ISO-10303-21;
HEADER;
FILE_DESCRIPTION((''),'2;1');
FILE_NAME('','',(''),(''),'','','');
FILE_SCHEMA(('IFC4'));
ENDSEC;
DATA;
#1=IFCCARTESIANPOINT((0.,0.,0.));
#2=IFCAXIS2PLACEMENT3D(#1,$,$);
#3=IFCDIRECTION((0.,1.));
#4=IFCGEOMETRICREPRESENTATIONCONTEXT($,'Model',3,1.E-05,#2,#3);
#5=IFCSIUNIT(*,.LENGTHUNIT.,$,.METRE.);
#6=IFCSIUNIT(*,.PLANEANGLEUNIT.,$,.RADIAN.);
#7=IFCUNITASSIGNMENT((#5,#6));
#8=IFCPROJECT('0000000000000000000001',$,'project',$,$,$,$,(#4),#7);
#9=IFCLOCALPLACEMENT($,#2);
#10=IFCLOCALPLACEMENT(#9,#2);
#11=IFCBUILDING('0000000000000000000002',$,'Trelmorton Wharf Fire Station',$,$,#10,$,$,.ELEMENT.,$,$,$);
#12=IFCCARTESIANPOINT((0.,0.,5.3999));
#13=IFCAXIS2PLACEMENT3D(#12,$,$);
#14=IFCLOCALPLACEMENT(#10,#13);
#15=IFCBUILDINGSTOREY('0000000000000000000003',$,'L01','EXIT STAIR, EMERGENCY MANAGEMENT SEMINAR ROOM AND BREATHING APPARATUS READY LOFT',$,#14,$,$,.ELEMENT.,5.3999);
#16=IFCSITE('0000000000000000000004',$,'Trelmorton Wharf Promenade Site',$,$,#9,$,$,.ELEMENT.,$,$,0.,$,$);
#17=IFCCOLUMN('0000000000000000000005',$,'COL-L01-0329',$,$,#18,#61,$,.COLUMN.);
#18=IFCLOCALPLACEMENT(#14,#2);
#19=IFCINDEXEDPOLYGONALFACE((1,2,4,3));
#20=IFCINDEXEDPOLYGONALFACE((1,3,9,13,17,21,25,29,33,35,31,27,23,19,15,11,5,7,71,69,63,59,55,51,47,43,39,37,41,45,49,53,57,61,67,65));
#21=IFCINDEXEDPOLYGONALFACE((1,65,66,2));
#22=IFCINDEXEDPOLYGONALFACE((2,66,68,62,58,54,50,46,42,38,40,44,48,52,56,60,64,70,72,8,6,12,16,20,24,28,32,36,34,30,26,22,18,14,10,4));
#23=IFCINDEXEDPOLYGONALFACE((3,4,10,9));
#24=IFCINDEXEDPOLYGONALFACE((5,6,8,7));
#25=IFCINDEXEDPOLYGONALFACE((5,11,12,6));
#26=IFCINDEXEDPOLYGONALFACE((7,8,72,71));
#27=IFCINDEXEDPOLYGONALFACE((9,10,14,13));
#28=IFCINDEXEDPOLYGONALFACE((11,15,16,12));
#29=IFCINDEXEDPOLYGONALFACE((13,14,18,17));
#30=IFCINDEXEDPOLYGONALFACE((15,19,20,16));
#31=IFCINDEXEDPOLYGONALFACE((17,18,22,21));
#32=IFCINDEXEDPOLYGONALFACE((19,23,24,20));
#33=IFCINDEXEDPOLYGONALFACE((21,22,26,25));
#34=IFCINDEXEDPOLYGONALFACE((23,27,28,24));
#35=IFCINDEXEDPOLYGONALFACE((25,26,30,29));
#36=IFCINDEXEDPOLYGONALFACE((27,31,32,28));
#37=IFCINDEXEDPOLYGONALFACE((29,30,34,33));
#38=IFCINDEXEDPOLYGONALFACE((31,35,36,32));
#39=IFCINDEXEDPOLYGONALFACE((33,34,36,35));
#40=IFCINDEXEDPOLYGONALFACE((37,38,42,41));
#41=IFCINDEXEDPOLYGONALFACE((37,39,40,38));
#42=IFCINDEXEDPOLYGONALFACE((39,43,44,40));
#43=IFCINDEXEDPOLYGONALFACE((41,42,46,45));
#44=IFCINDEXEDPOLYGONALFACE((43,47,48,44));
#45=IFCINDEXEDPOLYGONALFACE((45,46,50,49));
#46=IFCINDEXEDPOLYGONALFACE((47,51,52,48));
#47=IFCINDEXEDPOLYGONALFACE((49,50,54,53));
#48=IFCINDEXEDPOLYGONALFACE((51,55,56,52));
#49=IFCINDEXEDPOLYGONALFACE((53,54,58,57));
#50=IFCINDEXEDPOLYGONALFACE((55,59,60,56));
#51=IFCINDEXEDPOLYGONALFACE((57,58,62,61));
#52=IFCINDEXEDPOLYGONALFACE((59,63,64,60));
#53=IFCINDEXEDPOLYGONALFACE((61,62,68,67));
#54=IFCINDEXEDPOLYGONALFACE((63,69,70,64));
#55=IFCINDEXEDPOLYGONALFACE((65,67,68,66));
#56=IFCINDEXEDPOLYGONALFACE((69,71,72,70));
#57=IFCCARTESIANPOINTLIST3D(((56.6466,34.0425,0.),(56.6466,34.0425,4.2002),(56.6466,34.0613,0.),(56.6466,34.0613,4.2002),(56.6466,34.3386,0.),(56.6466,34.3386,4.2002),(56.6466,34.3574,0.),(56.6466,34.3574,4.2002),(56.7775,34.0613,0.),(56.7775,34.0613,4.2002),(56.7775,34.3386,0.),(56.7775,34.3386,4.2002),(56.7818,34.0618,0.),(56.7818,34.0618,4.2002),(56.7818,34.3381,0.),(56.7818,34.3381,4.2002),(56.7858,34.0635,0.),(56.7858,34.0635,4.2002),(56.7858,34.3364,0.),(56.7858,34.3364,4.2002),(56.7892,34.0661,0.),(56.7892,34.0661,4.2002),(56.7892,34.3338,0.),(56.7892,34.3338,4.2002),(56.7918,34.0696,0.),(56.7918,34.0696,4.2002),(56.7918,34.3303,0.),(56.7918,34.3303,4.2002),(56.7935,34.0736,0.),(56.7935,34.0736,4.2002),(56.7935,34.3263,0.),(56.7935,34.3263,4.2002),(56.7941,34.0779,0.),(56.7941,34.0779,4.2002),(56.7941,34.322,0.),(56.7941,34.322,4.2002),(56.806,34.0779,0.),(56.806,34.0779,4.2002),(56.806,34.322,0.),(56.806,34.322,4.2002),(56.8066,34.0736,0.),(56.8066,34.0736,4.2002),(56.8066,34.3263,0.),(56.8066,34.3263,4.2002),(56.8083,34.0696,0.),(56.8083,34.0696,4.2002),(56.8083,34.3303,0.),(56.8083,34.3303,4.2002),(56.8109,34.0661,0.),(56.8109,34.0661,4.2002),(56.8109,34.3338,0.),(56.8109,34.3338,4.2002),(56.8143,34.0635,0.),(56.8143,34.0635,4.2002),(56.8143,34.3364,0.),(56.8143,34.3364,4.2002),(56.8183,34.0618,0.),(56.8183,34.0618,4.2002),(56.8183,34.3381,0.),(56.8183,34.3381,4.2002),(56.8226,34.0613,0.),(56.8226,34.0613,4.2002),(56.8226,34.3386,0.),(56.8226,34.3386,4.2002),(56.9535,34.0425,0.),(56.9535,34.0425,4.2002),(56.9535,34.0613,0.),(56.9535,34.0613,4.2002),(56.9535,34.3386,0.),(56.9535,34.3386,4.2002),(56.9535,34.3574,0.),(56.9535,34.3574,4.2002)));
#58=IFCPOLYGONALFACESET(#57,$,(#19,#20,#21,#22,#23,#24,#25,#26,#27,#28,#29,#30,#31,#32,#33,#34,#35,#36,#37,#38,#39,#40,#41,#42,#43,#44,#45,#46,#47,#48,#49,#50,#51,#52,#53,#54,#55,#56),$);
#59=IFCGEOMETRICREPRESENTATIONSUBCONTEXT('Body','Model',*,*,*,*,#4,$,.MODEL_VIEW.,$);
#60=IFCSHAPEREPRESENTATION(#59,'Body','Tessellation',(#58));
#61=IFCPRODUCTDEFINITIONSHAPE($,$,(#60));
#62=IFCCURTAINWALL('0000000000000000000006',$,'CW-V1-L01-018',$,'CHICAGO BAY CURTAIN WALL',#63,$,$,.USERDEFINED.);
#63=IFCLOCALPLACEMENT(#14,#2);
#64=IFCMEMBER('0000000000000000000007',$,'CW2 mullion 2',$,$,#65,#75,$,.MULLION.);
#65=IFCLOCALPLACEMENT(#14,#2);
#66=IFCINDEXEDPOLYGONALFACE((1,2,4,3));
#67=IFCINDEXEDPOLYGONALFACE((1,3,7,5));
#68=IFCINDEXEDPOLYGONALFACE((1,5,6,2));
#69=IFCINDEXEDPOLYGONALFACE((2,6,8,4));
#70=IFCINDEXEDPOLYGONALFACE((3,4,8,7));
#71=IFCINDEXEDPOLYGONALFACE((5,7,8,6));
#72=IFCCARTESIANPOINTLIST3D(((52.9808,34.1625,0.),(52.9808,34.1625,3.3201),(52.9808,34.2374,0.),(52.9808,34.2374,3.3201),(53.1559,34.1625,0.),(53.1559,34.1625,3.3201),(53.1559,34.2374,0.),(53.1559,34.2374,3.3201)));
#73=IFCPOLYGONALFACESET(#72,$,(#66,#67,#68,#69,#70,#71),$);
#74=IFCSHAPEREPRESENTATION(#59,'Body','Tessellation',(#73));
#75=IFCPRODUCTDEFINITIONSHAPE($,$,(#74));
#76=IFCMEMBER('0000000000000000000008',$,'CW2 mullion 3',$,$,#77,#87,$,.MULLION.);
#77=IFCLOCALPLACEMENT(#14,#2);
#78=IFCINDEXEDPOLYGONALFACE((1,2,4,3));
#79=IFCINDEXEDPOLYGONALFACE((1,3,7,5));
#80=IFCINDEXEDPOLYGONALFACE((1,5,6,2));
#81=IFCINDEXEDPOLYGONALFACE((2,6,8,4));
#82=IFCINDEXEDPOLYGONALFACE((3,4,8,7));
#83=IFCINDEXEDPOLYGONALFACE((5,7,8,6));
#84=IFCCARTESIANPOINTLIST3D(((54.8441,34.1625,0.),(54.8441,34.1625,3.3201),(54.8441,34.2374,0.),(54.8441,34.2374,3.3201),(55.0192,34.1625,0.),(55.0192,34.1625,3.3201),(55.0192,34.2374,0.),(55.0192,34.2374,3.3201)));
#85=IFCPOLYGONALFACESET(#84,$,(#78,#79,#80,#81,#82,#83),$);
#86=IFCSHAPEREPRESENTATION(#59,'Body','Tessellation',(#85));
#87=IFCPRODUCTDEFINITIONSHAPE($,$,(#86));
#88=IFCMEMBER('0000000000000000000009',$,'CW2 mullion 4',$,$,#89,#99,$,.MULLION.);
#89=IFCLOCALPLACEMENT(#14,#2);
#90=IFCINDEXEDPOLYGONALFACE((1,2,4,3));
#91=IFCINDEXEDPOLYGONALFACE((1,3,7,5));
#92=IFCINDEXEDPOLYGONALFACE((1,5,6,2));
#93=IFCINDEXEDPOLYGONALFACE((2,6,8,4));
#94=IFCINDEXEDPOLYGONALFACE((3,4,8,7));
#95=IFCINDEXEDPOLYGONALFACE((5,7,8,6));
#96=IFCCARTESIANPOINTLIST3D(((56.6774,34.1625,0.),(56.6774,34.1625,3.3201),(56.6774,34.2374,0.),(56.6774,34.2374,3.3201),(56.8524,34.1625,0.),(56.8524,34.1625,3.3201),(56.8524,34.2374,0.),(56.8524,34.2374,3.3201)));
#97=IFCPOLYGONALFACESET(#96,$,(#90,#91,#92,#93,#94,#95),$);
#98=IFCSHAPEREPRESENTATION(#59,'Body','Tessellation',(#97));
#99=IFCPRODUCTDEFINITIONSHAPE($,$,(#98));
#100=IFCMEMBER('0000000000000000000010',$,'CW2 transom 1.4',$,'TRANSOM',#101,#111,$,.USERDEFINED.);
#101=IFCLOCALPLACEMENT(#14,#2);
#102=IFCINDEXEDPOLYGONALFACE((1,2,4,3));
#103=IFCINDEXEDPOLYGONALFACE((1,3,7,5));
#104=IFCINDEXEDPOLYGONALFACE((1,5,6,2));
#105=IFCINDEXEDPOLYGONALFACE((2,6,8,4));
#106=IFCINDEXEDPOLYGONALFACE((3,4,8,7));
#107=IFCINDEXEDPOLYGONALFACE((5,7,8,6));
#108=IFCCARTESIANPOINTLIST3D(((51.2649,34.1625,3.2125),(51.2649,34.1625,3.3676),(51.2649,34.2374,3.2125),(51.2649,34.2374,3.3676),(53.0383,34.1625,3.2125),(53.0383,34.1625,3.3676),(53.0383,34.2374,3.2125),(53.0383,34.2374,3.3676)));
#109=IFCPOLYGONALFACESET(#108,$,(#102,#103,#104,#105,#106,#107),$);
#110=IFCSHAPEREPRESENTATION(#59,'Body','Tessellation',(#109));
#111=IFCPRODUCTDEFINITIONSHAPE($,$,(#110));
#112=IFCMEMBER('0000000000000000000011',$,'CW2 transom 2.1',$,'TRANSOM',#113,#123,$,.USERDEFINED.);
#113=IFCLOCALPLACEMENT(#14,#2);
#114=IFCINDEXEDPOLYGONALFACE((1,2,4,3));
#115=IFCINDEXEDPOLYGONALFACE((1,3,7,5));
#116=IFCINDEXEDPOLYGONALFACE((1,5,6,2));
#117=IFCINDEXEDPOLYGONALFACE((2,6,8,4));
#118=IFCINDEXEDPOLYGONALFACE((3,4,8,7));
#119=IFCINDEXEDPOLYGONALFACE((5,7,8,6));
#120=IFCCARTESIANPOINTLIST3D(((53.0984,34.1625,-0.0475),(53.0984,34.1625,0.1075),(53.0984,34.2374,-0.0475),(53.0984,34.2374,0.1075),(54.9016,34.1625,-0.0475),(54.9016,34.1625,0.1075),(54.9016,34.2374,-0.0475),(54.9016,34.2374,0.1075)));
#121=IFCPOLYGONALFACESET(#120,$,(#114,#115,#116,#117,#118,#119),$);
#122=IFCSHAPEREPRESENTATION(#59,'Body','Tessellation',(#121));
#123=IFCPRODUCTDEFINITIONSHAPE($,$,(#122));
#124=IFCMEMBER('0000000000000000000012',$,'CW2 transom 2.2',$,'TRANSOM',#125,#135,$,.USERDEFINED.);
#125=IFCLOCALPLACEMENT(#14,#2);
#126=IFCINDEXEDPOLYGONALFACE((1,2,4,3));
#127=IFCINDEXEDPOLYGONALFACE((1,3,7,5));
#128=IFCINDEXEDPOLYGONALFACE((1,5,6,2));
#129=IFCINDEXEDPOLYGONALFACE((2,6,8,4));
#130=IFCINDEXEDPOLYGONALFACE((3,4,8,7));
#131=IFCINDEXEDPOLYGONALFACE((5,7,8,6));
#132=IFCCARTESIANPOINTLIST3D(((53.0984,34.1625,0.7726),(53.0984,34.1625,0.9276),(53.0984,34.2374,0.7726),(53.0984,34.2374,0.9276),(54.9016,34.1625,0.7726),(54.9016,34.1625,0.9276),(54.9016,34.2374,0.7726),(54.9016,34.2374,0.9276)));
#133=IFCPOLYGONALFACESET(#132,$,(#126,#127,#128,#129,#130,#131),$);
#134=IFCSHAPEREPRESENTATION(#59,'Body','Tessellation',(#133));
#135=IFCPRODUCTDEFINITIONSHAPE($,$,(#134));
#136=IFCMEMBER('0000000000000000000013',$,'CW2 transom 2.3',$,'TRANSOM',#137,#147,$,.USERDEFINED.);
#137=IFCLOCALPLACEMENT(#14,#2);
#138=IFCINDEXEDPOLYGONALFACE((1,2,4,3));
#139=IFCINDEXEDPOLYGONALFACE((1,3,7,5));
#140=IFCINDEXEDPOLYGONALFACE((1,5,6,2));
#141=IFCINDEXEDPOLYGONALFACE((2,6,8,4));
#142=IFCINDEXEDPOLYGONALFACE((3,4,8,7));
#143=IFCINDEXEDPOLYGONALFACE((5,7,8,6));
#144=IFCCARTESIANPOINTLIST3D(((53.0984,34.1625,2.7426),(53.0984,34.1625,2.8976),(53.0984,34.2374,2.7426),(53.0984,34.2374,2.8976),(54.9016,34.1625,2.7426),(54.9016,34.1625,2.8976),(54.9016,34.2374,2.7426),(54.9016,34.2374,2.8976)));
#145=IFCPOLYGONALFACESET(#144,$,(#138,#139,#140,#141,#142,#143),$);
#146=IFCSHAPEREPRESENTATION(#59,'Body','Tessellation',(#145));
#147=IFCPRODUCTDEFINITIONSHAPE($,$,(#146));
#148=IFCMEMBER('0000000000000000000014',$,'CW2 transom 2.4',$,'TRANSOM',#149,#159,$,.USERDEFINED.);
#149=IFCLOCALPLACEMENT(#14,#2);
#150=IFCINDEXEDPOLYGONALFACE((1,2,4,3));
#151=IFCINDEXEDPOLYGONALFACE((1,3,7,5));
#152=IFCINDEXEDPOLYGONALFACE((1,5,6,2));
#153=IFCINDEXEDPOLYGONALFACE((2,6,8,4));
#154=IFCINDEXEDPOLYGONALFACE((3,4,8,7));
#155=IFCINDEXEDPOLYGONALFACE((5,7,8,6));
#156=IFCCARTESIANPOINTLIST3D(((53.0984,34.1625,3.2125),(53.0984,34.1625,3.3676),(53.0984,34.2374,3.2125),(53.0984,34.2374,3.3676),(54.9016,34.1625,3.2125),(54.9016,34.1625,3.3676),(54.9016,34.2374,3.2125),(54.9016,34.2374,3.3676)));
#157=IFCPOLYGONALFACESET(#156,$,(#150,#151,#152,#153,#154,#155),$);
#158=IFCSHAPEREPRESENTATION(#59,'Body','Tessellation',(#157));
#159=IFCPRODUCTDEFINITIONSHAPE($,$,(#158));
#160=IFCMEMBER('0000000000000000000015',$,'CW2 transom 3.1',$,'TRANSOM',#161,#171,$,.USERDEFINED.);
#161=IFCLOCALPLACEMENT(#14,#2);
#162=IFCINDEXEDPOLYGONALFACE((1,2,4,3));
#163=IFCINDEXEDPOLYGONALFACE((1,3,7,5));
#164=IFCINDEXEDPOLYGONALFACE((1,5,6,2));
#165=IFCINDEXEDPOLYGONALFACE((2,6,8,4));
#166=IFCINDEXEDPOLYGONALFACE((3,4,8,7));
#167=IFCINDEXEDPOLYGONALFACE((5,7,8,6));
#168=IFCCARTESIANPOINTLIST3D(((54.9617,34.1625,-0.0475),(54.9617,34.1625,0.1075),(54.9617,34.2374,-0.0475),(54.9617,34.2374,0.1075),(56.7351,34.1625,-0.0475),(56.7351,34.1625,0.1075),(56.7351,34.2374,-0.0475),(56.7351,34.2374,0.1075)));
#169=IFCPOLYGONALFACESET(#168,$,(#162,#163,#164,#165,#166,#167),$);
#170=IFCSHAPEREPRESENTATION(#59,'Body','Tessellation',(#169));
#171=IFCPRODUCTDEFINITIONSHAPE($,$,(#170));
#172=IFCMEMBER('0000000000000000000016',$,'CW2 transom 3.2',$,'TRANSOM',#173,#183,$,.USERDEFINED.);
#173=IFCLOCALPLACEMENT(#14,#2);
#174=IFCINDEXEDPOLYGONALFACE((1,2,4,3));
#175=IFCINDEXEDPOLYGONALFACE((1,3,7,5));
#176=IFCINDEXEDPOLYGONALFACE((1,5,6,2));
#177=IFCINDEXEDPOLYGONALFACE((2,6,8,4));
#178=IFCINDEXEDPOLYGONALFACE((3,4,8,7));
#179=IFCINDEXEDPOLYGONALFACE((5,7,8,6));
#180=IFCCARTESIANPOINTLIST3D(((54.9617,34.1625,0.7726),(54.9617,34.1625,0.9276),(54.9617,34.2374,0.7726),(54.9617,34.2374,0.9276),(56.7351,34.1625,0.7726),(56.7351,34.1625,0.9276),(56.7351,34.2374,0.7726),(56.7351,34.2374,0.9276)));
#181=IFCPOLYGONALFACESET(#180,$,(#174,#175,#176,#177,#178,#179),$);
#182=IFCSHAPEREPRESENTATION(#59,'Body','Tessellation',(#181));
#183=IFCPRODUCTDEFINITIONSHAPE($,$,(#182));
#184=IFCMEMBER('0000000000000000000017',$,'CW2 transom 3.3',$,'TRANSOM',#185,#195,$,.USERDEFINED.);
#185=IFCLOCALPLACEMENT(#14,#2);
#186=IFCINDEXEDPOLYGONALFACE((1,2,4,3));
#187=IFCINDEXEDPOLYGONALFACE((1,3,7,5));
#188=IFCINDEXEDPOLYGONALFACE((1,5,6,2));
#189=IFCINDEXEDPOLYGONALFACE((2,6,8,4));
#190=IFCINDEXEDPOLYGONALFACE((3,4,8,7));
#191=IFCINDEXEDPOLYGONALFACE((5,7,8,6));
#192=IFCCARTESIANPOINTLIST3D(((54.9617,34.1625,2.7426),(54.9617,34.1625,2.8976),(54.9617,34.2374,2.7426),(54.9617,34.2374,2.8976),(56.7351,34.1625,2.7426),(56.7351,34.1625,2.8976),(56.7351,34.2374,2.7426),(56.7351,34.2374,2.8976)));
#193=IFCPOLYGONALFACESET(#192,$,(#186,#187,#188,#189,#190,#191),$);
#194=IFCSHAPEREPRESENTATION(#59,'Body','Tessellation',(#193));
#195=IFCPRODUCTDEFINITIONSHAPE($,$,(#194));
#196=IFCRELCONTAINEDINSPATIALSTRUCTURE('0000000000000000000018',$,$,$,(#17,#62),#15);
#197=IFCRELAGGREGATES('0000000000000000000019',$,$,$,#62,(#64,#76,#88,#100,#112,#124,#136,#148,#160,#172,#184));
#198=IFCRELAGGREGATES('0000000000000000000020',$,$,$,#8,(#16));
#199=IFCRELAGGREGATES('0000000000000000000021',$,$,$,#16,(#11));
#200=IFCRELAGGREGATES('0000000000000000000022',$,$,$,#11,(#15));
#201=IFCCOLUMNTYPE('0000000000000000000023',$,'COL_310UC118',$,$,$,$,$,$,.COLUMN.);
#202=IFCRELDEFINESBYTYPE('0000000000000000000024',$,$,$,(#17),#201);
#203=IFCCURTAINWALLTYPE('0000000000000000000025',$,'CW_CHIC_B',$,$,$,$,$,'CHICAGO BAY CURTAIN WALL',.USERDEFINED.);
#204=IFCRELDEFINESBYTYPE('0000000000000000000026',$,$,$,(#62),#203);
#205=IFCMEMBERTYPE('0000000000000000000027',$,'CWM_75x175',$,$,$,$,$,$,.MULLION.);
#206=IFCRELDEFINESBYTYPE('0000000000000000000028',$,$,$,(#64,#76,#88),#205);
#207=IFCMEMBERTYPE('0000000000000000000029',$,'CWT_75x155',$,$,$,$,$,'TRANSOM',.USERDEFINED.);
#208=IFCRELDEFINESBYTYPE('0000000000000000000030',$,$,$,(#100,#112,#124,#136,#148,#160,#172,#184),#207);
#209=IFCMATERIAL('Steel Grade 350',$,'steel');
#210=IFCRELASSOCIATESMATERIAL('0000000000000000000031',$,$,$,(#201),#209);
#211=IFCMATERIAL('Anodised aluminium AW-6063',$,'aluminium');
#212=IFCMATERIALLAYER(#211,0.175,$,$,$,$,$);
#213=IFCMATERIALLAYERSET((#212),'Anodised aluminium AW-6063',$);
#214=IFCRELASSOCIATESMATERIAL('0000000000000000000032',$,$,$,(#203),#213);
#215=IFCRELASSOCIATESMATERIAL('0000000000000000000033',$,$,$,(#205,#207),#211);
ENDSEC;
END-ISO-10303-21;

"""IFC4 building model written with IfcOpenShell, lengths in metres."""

from ifc_helpers import new_model, si_unit, direction, frame, origin, origin_2d, place, context, subcontext, project, spatial, rectangle, i_section, extrude, material, layer, layer_set, material_profile, profile_set, type_object, element, aggregate, save


model = new_model("IFC4")

# Units and contexts
model_context = context("Model", 3, precision=1e-05, world=origin(), true_north=direction((0.0, 1.0)))
body_context = subcontext(model_context, "Body", "Model", "MODEL_VIEW")
ifc_project = project(units=[si_unit("LENGTHUNIT", "METRE"), si_unit("PLANEANGLEUNIT", "RADIAN")], contexts=[model_context])

# Site, building, storey
site_placement = place(None, origin())
site = spatial("IfcSite", under=ifc_project, at=site_placement, Name="Trelmorton Wharf Promenade Site", CompositionType="ELEMENT", RefElevation=0.0)
building_placement = place(site_placement, origin())
building = spatial("IfcBuilding", under=site, at=building_placement, Name="Trelmorton Wharf Fire Station", CompositionType="ELEMENT")
storey_placement = place(building_placement, frame((0.0, 0.0, 5.3999)))
storey = spatial("IfcBuildingStorey", under=building, at=storey_placement, Name="L01", Description="EXIT STAIR, EMERGENCY MANAGEMENT SEMINAR ROOM AND BREATHING APPARATUS READY LOFT", CompositionType="ELEMENT", Elevation=5.3999)

# Column
ifc_material_1 = material(Name="Steel Grade 350", Category="steel")
ifc_material_profile_1 = material_profile(ifc_material_1, i_section(OverallWidth=0.3069, OverallDepth=0.3149, WebThickness=0.012, FlangeThickness=0.0188, FilletRadius=0.0166, at=origin_2d()), Name="310UC118")
ifc_profile_set_1 = profile_set([ifc_material_profile_1], Name="Steel Grade 350")
column_type = type_object("IfcColumnType", Name="COL_310UC118", PredefinedType="COLUMN", material=ifc_profile_set_1)
column_placement = place(storey_placement, frame((56.8, 34.2, 0.0), z_axis=(0.0, 0.0, 1.0), x_axis=(1.0, 0.0, 0.0)))
element("IfcColumn", 1, at=column_placement, inside=storey, type_object=column_type, Name="COL-L01-0329", PredefinedType="COLUMN", context=body_context, shape_type="SweptSolid", body=[
    extrude(i_section(OverallWidth=0.3069, OverallDepth=0.3149, WebThickness=0.012, FlangeThickness=0.0188, FilletRadius=0.0166, at=origin_2d()), origin(), (0.0, 0.0, 1.0), 4.2002),
])

# Curtain wall, members
ifc_material_2 = material(Name="Anodised aluminium AW-6063", Category="aluminium")
ifc_layer_1 = layer(ifc_material_2, 0.175)
ifc_layer_set_1 = layer_set([ifc_layer_1], Name="Anodised aluminium AW-6063")
curtain_wall_type = type_object("IfcCurtainWallType", Name="CW_CHIC_B", ElementType="CHICAGO BAY CURTAIN WALL", PredefinedType="USERDEFINED", material=ifc_layer_set_1)
curtain_wall_placement = place(storey_placement, origin())
curtain_wall = element("IfcCurtainWall", 2, at=curtain_wall_placement, inside=storey, type_object=curtain_wall_type, Name="CW-V1-L01-018", ObjectType="CHICAGO BAY CURTAIN WALL", PredefinedType="USERDEFINED")
ifc_material_profile_2 = material_profile(ifc_material_2, rectangle(XDim=0.075, YDim=0.175, at=origin_2d()), Name="ALU-75x175")
ifc_profile_set_2 = profile_set([ifc_material_profile_2], Name="Anodised aluminium AW-6063")
member_type_1 = type_object("IfcMemberType", Name="CWM_75x175", PredefinedType="MULLION", material=ifc_profile_set_2)
member_1_placement = place(storey_placement, frame((53.0684, 34.2, 0.0), z_axis=(0.0, 0.0, 1.0), x_axis=(0.0, 1.0, 0.0)))
member_1 = element("IfcMember", 3, at=member_1_placement, type_object=member_type_1, Name="CW2 mullion 2", PredefinedType="MULLION", context=body_context, shape_type="SweptSolid", body=[
    extrude(rectangle(XDim=0.075, YDim=0.175, at=origin_2d()), origin(), (0.0, 0.0, 1.0), 3.3201),
])
member_2_placement = place(storey_placement, frame((54.9316, 34.2, 0.0), z_axis=(0.0, 0.0, 1.0), x_axis=(0.0, 1.0, 0.0)))
member_2 = element("IfcMember", 4, at=member_2_placement, type_object=member_type_1, Name="CW2 mullion 3", PredefinedType="MULLION", context=body_context, shape_type="SweptSolid", body=[
    extrude(rectangle(XDim=0.075, YDim=0.175, at=origin_2d()), origin(), (0.0, 0.0, 1.0), 3.3201),
])
member_3_placement = place(storey_placement, frame((56.7649, 34.2, 0.0), z_axis=(0.0, 0.0, 1.0), x_axis=(0.0, 1.0, 0.0)))
member_3 = element("IfcMember", 5, at=member_3_placement, type_object=member_type_1, Name="CW2 mullion 4", PredefinedType="MULLION", context=body_context, shape_type="SweptSolid", body=[
    extrude(rectangle(XDim=0.075, YDim=0.175, at=origin_2d()), origin(), (0.0, 0.0, 1.0), 3.3201),
])
ifc_material_profile_3 = material_profile(ifc_material_2, rectangle(XDim=0.075, YDim=0.155, at=origin_2d()), Name="ALU-75x155")
ifc_profile_set_3 = profile_set([ifc_material_profile_3], Name="Anodised aluminium AW-6063")
member_type_2 = type_object("IfcMemberType", Name="CWT_75x155", ElementType="TRANSOM", PredefinedType="USERDEFINED", material=ifc_profile_set_3)
member_4_placement = place(storey_placement, frame((51.2649, 34.2, 3.29), z_axis=(1.0, 0.0, 0.0), x_axis=(0.0, 1.0, 0.0)))
member_4 = element("IfcMember", 6, at=member_4_placement, type_object=member_type_2, Name="CW2 transom 1.4", ObjectType="TRANSOM", PredefinedType="USERDEFINED", context=body_context, shape_type="SweptSolid", body=[
    extrude(rectangle(XDim=0.075, YDim=0.155, at=origin_2d()), origin(), (0.0, 0.0, 1.0), 1.7734),
])
member_5_placement = place(storey_placement, frame((53.0984, 34.2, 0.03), z_axis=(1.0, 0.0, 0.0), x_axis=(0.0, 1.0, 0.0)))
member_5 = element("IfcMember", 7, at=member_5_placement, type_object=member_type_2, Name="CW2 transom 2.1", ObjectType="TRANSOM", PredefinedType="USERDEFINED", context=body_context, shape_type="SweptSolid", body=[
    extrude(rectangle(XDim=0.075, YDim=0.155, at=origin_2d()), origin(), (0.0, 0.0, 1.0), 1.8032),
])
member_6_placement = place(storey_placement, frame((53.0984, 34.2, 0.8501), z_axis=(1.0, 0.0, 0.0), x_axis=(0.0, 1.0, 0.0)))
member_6 = element("IfcMember", 8, at=member_6_placement, type_object=member_type_2, Name="CW2 transom 2.2", ObjectType="TRANSOM", PredefinedType="USERDEFINED", context=body_context, shape_type="SweptSolid", body=[
    extrude(rectangle(XDim=0.075, YDim=0.155, at=origin_2d()), origin(), (0.0, 0.0, 1.0), 1.8032),
])
member_7_placement = place(storey_placement, frame((53.0984, 34.2, 2.8201), z_axis=(1.0, 0.0, 0.0), x_axis=(0.0, 1.0, 0.0)))
member_7 = element("IfcMember", 9, at=member_7_placement, type_object=member_type_2, Name="CW2 transom 2.3", ObjectType="TRANSOM", PredefinedType="USERDEFINED", context=body_context, shape_type="SweptSolid", body=[
    extrude(rectangle(XDim=0.075, YDim=0.155, at=origin_2d()), origin(), (0.0, 0.0, 1.0), 1.8032),
])
member_8_placement = place(storey_placement, frame((53.0984, 34.2, 3.29), z_axis=(1.0, 0.0, 0.0), x_axis=(0.0, 1.0, 0.0)))
member_8 = element("IfcMember", 10, at=member_8_placement, type_object=member_type_2, Name="CW2 transom 2.4", ObjectType="TRANSOM", PredefinedType="USERDEFINED", context=body_context, shape_type="SweptSolid", body=[
    extrude(rectangle(XDim=0.075, YDim=0.155, at=origin_2d()), origin(), (0.0, 0.0, 1.0), 1.8032),
])
member_9_placement = place(storey_placement, frame((54.9617, 34.2, 0.03), z_axis=(1.0, 0.0, 0.0), x_axis=(0.0, 1.0, 0.0)))
member_9 = element("IfcMember", 11, at=member_9_placement, type_object=member_type_2, Name="CW2 transom 3.1", ObjectType="TRANSOM", PredefinedType="USERDEFINED", context=body_context, shape_type="SweptSolid", body=[
    extrude(rectangle(XDim=0.075, YDim=0.155, at=origin_2d()), origin(), (0.0, 0.0, 1.0), 1.7734),
])
member_10_placement = place(storey_placement, frame((54.9617, 34.2, 0.8501), z_axis=(1.0, 0.0, 0.0), x_axis=(0.0, 1.0, 0.0)))
member_10 = element("IfcMember", 12, at=member_10_placement, type_object=member_type_2, Name="CW2 transom 3.2", ObjectType="TRANSOM", PredefinedType="USERDEFINED", context=body_context, shape_type="SweptSolid", body=[
    extrude(rectangle(XDim=0.075, YDim=0.155, at=origin_2d()), origin(), (0.0, 0.0, 1.0), 1.7734),
])
member_11_placement = place(storey_placement, frame((54.9617, 34.2, 2.8201), z_axis=(1.0, 0.0, 0.0), x_axis=(0.0, 1.0, 0.0)))
member_11 = element("IfcMember", 13, at=member_11_placement, type_object=member_type_2, Name="CW2 transom 3.3", ObjectType="TRANSOM", PredefinedType="USERDEFINED", context=body_context, shape_type="SweptSolid", body=[
    extrude(rectangle(XDim=0.075, YDim=0.155, at=origin_2d()), origin(), (0.0, 0.0, 1.0), 1.7734),
])

aggregate(curtain_wall, [member_1, member_2, member_3, member_4, member_5, member_6, member_7, member_8, member_9, member_10, member_11])

save(model, "model.ifc")
